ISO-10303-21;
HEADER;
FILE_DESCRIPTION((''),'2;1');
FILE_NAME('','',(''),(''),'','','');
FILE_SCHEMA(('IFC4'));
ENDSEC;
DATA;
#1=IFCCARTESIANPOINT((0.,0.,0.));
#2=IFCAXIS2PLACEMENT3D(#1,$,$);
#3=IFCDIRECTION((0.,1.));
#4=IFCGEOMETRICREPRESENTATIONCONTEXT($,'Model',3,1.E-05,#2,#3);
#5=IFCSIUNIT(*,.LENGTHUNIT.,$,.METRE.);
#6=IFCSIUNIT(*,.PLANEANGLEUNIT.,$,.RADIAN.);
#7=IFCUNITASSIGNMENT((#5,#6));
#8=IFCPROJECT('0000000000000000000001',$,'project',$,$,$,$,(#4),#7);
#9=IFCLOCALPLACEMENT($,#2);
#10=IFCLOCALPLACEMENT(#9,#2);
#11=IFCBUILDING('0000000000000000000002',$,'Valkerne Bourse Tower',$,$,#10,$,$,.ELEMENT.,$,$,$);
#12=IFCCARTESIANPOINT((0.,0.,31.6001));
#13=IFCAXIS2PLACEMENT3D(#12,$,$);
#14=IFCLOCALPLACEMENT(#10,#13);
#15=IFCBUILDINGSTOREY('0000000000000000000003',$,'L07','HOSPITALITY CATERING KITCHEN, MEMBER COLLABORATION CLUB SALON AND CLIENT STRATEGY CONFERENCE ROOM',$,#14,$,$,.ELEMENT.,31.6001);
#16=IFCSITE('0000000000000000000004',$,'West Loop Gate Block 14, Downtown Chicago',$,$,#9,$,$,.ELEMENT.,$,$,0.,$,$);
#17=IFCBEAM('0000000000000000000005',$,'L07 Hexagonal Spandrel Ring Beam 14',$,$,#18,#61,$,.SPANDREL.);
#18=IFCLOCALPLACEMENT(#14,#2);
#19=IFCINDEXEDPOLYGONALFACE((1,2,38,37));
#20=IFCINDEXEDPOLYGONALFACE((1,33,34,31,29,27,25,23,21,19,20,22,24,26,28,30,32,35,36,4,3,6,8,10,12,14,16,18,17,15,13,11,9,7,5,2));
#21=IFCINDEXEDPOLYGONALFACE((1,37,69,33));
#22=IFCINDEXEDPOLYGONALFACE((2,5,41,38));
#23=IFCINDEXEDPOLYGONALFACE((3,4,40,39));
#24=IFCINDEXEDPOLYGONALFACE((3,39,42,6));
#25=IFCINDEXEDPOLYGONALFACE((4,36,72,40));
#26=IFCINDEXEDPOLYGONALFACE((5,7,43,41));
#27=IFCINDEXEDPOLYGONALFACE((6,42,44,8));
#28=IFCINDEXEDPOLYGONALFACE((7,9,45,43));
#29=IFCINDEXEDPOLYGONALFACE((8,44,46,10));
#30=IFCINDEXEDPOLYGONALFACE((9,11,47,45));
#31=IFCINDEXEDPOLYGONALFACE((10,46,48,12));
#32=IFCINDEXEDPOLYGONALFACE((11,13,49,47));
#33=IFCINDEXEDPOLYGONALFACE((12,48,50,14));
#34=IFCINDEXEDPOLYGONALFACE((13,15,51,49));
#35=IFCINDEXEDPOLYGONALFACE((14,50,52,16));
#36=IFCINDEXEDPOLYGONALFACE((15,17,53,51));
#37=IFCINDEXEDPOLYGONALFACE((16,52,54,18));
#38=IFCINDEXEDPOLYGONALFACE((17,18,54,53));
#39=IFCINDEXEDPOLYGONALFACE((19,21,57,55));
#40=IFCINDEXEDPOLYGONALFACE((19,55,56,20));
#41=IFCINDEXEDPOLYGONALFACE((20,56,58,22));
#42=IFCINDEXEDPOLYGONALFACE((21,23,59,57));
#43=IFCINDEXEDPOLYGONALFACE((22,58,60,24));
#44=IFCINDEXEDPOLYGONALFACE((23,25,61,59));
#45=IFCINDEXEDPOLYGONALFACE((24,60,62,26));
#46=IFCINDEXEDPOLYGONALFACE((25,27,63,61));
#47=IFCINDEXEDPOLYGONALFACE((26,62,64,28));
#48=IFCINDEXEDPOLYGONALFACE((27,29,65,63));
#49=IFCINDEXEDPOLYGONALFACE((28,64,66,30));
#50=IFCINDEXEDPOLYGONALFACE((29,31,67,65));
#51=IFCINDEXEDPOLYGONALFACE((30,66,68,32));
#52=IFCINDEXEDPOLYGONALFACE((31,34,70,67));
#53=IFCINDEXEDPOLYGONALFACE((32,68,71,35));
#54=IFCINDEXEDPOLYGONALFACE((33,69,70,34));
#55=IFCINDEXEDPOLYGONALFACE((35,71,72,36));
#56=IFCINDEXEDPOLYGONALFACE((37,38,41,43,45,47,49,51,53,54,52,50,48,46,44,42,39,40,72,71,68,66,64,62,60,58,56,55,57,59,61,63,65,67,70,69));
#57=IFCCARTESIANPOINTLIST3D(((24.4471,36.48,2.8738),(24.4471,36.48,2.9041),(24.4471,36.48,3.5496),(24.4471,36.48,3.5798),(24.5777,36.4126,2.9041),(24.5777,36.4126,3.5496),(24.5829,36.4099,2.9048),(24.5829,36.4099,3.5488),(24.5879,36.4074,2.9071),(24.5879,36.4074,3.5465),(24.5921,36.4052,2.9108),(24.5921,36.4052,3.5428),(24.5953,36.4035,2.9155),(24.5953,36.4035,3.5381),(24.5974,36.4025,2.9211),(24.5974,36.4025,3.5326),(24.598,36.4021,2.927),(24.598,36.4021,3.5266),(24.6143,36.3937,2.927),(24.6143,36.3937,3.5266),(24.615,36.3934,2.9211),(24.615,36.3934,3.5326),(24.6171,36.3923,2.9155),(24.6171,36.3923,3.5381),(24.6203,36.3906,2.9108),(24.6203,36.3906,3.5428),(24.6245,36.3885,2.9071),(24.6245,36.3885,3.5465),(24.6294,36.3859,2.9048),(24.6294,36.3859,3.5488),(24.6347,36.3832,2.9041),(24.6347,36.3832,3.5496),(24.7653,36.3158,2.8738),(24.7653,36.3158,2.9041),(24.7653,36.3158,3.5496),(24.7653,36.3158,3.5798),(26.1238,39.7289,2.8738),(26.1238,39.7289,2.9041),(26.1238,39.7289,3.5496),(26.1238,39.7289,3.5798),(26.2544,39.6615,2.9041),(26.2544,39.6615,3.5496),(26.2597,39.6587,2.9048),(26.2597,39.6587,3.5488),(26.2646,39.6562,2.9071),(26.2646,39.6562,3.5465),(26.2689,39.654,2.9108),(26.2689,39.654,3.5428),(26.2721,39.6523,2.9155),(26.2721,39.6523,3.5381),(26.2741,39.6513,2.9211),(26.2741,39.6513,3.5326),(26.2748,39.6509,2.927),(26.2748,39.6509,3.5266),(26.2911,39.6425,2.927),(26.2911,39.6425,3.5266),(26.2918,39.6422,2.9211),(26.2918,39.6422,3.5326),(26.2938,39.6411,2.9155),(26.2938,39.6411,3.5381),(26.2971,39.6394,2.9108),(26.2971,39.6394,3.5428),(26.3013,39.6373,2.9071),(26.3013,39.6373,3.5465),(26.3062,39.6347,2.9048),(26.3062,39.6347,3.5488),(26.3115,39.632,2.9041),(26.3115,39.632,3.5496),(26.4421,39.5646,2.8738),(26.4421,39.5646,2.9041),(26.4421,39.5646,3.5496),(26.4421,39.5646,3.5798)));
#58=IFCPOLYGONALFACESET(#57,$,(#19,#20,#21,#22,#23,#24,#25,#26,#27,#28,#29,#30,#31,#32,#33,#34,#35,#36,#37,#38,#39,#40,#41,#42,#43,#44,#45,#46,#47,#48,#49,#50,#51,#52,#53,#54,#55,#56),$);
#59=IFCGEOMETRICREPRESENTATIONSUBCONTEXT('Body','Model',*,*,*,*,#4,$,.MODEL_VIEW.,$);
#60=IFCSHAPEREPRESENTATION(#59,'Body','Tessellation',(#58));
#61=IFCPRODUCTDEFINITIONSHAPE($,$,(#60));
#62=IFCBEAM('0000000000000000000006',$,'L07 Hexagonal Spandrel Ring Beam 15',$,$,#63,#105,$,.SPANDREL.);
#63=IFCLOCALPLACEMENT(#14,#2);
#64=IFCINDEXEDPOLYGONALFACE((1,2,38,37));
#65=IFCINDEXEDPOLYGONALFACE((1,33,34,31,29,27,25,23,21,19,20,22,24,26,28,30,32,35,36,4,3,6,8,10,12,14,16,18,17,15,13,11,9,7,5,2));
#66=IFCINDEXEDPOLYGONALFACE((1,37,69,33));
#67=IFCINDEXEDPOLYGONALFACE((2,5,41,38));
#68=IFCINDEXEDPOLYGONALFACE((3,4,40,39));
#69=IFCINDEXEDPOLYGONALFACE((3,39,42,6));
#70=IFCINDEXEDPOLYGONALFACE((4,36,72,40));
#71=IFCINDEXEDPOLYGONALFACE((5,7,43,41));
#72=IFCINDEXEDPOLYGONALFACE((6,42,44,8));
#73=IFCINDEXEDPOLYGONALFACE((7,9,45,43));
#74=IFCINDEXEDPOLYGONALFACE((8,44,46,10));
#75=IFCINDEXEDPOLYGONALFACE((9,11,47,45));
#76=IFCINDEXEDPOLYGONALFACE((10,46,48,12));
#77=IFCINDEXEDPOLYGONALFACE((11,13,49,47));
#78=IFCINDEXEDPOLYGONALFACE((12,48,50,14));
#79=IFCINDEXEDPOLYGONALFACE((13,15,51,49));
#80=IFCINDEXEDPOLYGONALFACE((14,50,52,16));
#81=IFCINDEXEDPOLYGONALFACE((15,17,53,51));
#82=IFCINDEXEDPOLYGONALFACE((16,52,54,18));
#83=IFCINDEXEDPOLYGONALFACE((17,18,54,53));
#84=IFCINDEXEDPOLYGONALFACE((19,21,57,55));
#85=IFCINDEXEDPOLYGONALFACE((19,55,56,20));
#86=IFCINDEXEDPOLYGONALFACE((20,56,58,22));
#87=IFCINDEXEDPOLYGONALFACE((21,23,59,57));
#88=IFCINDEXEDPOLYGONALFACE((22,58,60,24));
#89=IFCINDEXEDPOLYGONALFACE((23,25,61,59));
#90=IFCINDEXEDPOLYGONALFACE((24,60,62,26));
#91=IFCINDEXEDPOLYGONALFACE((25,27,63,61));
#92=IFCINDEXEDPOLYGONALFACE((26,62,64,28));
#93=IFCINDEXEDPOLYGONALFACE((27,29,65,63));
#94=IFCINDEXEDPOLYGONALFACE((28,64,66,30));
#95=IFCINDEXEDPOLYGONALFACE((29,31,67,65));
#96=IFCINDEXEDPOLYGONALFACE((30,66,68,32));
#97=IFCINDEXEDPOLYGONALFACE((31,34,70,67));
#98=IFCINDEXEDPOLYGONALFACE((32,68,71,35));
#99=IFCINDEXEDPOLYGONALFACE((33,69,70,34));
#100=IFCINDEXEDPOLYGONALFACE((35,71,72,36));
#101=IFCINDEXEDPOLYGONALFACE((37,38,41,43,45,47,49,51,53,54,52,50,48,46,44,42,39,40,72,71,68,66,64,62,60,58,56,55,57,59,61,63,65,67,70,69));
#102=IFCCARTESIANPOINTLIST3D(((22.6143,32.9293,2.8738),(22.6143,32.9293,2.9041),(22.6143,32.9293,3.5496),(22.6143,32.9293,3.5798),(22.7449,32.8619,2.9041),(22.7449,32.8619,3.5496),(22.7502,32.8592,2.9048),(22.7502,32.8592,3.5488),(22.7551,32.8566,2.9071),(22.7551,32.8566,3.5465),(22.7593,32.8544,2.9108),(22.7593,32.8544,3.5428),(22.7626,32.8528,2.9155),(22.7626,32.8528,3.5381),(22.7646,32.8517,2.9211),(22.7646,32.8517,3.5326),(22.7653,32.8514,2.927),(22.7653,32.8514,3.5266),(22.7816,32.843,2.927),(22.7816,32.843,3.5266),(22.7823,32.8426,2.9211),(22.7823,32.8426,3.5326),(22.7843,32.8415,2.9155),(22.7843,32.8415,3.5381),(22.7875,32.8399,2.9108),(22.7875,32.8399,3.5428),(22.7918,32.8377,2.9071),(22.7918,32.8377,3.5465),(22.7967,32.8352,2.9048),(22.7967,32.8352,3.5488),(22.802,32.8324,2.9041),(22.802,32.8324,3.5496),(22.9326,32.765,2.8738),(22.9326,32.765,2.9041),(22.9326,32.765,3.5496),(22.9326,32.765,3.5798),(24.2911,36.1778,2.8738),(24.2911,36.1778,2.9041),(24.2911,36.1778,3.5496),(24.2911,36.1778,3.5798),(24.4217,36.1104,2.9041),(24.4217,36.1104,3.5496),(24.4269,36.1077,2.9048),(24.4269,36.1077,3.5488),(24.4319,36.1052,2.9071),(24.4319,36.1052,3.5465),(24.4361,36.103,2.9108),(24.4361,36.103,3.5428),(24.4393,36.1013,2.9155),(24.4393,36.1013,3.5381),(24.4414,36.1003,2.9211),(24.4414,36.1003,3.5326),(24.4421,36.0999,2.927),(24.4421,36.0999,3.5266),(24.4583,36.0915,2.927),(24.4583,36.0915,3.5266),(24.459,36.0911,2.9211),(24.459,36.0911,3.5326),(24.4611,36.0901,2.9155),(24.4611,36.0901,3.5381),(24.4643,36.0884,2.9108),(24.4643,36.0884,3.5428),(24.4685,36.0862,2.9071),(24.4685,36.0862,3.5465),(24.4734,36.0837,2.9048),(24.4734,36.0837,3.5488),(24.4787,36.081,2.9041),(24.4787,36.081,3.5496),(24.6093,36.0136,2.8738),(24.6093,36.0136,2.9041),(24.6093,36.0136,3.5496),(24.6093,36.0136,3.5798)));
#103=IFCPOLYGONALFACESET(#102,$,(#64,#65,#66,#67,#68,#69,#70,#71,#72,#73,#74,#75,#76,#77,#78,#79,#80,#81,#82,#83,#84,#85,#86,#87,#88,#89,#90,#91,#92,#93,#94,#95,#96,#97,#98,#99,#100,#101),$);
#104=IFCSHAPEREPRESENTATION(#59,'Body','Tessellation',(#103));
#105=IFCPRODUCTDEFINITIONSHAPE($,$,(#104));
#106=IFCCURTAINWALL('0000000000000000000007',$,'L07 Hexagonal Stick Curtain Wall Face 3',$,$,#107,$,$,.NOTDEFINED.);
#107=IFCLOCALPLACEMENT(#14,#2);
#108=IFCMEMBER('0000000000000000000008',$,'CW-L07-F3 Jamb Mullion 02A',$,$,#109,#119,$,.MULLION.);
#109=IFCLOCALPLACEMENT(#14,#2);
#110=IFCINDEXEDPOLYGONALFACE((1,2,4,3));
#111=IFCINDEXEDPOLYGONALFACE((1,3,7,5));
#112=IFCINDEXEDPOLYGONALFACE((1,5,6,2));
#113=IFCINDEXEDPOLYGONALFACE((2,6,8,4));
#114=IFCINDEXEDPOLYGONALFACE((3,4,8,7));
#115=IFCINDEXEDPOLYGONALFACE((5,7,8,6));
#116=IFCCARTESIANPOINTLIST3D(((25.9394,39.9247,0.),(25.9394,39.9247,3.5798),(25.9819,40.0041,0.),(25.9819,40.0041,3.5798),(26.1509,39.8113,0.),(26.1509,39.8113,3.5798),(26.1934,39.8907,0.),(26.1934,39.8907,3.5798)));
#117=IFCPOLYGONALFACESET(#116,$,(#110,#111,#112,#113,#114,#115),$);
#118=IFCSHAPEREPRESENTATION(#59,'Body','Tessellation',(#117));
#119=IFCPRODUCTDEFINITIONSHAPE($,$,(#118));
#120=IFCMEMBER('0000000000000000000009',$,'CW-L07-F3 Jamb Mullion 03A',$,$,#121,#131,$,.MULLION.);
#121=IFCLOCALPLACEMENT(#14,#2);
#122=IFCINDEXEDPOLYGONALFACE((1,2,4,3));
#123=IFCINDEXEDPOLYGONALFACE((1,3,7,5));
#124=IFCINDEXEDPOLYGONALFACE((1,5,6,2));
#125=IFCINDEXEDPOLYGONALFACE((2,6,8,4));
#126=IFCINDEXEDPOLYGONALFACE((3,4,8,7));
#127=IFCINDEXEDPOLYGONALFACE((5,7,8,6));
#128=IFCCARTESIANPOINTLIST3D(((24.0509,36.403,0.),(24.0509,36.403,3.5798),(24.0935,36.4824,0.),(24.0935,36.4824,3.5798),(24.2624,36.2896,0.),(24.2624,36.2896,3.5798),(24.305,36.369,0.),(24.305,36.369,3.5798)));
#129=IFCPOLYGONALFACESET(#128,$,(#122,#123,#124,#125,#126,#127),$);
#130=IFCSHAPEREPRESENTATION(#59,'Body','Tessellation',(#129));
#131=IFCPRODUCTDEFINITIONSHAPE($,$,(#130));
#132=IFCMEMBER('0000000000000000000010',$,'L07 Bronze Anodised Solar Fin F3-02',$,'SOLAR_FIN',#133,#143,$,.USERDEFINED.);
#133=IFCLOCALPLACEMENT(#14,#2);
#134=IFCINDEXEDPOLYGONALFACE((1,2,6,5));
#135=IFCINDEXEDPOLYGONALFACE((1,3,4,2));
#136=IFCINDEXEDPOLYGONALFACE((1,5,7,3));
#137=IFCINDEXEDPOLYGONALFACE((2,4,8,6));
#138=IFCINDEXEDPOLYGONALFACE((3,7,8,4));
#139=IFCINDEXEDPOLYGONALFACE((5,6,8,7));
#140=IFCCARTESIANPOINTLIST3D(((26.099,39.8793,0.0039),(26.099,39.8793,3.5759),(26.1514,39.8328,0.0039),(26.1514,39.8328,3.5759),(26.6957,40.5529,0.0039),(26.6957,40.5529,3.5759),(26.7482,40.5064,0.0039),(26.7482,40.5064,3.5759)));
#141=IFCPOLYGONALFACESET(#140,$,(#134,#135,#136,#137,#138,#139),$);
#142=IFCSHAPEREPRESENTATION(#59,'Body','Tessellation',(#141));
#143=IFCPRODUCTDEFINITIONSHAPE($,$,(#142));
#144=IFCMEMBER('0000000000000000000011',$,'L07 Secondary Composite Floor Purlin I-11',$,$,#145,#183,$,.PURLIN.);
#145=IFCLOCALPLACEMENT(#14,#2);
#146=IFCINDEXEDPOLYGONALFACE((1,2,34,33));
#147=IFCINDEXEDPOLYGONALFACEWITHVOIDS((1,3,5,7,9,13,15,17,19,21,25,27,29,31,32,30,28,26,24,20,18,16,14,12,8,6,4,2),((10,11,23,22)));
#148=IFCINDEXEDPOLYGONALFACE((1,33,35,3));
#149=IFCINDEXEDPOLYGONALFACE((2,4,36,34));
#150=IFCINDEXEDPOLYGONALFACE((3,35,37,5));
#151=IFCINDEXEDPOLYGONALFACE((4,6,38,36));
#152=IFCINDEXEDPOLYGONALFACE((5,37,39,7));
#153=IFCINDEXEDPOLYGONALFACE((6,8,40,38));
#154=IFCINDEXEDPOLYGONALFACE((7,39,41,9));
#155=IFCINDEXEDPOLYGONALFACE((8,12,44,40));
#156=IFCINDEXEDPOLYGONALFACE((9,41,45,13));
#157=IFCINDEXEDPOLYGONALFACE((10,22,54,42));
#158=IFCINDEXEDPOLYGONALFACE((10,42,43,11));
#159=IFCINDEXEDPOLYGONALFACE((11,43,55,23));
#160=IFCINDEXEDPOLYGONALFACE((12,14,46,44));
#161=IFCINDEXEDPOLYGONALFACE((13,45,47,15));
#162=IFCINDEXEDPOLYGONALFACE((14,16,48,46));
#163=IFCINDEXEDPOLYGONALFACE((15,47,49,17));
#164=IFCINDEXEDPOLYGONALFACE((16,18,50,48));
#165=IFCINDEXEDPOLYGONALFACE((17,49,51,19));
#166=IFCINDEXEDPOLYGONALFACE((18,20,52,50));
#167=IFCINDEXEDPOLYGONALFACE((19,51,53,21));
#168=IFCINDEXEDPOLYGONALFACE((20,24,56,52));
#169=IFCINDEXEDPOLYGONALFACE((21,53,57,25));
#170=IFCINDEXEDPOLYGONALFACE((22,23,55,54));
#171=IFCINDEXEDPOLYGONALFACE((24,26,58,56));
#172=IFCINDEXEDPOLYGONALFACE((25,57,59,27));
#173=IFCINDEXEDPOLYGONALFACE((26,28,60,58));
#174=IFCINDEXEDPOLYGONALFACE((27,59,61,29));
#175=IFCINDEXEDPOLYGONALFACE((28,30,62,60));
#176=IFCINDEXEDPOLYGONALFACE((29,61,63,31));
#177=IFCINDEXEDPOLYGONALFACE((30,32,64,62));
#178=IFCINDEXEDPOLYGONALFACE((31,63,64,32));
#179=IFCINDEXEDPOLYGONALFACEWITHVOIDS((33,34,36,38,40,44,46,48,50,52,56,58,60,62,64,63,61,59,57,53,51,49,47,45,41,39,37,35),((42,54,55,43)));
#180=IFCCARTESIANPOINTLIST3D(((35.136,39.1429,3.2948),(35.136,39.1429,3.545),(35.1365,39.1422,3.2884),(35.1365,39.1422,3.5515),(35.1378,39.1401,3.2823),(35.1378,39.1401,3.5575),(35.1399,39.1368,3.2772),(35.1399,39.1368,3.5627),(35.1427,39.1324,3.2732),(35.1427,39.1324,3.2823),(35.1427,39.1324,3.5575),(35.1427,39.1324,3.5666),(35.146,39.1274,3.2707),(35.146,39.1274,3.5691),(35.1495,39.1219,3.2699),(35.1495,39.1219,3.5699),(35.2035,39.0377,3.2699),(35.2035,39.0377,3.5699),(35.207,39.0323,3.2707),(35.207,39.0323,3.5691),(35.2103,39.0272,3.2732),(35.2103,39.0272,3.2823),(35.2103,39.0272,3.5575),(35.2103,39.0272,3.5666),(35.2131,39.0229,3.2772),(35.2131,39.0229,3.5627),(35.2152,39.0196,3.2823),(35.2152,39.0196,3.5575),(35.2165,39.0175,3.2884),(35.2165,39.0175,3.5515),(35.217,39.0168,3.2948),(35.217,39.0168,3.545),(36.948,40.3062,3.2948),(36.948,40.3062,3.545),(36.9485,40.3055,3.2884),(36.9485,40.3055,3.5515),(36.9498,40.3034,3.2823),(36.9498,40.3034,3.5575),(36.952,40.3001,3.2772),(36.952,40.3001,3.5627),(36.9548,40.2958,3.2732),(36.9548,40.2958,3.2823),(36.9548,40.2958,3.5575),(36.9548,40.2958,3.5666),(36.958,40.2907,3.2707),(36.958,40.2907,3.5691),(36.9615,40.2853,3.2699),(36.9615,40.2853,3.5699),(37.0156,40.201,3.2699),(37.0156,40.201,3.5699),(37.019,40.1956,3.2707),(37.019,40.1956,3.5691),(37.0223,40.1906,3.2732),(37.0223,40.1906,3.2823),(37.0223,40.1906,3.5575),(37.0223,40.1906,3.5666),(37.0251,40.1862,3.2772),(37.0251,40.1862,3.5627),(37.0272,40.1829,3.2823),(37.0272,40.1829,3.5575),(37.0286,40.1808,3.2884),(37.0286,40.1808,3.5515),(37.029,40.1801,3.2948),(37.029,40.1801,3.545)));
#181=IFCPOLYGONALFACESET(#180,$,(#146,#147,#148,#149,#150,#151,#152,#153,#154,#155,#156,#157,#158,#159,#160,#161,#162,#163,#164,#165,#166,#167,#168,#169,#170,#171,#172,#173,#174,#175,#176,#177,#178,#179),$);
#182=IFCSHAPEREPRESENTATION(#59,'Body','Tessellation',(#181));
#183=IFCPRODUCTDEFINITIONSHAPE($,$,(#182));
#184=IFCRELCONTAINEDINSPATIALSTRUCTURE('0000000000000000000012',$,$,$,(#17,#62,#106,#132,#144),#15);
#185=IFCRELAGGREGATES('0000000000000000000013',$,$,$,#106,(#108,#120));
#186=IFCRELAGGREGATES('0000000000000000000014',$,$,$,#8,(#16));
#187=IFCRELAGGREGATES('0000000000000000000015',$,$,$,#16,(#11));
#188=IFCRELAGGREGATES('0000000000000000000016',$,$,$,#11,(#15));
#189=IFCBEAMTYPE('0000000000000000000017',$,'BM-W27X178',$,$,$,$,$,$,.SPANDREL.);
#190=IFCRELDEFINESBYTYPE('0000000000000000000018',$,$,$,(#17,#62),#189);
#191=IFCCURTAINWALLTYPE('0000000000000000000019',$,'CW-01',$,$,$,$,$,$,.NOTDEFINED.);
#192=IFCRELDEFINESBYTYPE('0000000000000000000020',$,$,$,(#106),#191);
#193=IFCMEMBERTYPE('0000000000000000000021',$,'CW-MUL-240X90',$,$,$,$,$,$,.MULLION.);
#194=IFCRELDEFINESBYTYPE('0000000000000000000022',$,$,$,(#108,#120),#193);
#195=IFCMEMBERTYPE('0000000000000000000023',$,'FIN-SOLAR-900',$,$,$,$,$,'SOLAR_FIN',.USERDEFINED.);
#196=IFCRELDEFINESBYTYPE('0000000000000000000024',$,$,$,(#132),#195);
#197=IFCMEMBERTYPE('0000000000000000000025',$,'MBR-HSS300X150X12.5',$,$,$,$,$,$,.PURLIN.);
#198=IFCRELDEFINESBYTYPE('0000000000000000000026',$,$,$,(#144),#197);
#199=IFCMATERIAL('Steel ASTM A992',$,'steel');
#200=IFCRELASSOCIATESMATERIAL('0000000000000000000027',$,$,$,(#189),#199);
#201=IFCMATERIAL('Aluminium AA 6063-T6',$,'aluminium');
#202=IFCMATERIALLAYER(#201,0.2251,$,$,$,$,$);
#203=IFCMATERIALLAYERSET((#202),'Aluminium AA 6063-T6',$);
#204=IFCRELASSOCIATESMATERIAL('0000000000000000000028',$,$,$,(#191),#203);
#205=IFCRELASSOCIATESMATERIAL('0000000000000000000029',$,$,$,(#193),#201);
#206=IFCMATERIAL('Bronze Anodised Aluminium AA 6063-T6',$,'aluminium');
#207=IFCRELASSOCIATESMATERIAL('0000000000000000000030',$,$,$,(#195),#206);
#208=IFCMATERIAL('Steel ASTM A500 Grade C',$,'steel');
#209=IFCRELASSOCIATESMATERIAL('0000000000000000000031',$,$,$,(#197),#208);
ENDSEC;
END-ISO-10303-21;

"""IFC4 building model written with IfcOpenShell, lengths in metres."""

from ifc_helpers import new_model, si_unit, direction, frame, origin, origin_2d, place, context, subcontext, project, spatial, rectangle, hollow_rectangle, i_section, extrude, material, layer, layer_set, material_profile, profile_set, type_object, element, aggregate, save


model = new_model("IFC4")

# Units and contexts
model_context = context("Model", 3, precision=1e-05, world=origin(), true_north=direction((0.0, 1.0)))
body_context = subcontext(model_context, "Body", "Model", "MODEL_VIEW")
ifc_project = project(units=[si_unit("LENGTHUNIT", "METRE"), si_unit("PLANEANGLEUNIT", "RADIAN")], contexts=[model_context])

# Site, building, storey
site_placement = place(None, origin())
site = spatial("IfcSite", under=ifc_project, at=site_placement, Name="West Loop Gate Block 14, Downtown Chicago", CompositionType="ELEMENT", RefElevation=0.0)
building_placement = place(site_placement, origin())
building = spatial("IfcBuilding", under=site, at=building_placement, Name="Valkerne Bourse Tower", CompositionType="ELEMENT")
storey_placement = place(building_placement, frame((0.0, 0.0, 31.6001)))
storey = spatial("IfcBuildingStorey", under=building, at=storey_placement, Name="L07", Description="HOSPITALITY CATERING KITCHEN, MEMBER COLLABORATION CLUB SALON AND CLIENT STRATEGY CONFERENCE ROOM", CompositionType="ELEMENT", Elevation=31.6001)

# Beams
ifc_material_1 = material(Name="Steel ASTM A992", Category="steel")
ifc_material_profile_1 = material_profile(ifc_material_1, i_section(OverallWidth=0.3582, OverallDepth=0.7061, WebThickness=0.0183, FlangeThickness=0.0303, FilletRadius=0.0229, at=origin_2d()), Name="W27X178")
ifc_profile_set_1 = profile_set([ifc_material_profile_1], Name="Steel ASTM A992")
beam_type_1 = type_object("IfcBeamType", Name="BM-W27X178", PredefinedType="SPANDREL", material=ifc_profile_set_1)
beam_1_placement = place(storey_placement, frame((26.283, 39.6467, 3.2268), z_axis=(-0.458636, -0.888624, 0.0), x_axis=(0.888624, -0.458636, 0.0)))
element("IfcBeam", 1, at=beam_1_placement, inside=storey, type_object=beam_type_1, Name="L07 Hexagonal Spandrel Ring Beam 14", PredefinedType="SPANDREL", context=body_context, shape_type="SweptSolid", body=[
    extrude(i_section(OverallWidth=0.3582, OverallDepth=0.7061, WebThickness=0.0183, FlangeThickness=0.0303, FilletRadius=0.0229, at=origin_2d()), origin(), (0.0, 0.0, 1.0), 3.656),
])
beam_2_placement = place(storey_placement, frame((24.4502, 36.0957, 3.2268), z_axis=(-0.458663, -0.88861, 0.0), x_axis=(0.88861, -0.458663, 0.0)))
element("IfcBeam", 2, at=beam_2_placement, inside=storey, type_object=beam_type_1, Name="L07 Hexagonal Spandrel Ring Beam 15", PredefinedType="SPANDREL", context=body_context, shape_type="SweptSolid", body=[
    extrude(i_section(OverallWidth=0.3582, OverallDepth=0.7061, WebThickness=0.0183, FlangeThickness=0.0303, FilletRadius=0.0229, at=origin_2d()), origin(), (0.0, 0.0, 1.0), 3.6558),
])

# Curtain wall, members
ifc_material_2 = material(Name="Aluminium AA 6063-T6", Category="aluminium")
ifc_layer_1 = layer(ifc_material_2, 0.2251)
ifc_layer_set_1 = layer_set([ifc_layer_1], Name="Aluminium AA 6063-T6")
curtain_wall_type = type_object("IfcCurtainWallType", Name="CW-01", PredefinedType="NOTDEFINED", material=ifc_layer_set_1)
curtain_wall_placement = place(storey_placement, origin())
curtain_wall = element("IfcCurtainWall", 3, at=curtain_wall_placement, inside=storey, type_object=curtain_wall_type, Name="L07 Hexagonal Stick Curtain Wall Face 3", PredefinedType="NOTDEFINED")
ifc_material_profile_2 = material_profile(ifc_material_2, rectangle(XDim=0.0901, YDim=0.24, at=origin_2d()), Name="CWM-90X240")
ifc_profile_set_2 = profile_set([ifc_material_profile_2], Name="Aluminium AA 6063-T6")
member_type_1 = type_object("IfcMemberType", Name="CW-MUL-240X90", PredefinedType="MULLION", material=ifc_profile_set_2)
member_1_placement = place(storey_placement, frame((26.0664, 39.9077, 0.0), z_axis=(0.0, 0.0, 1.0), x_axis=(-0.472547, -0.881305, 0.0)))
member_1 = element("IfcMember", 4, at=member_1_placement, type_object=member_type_1, Name="CW-L07-F3 Jamb Mullion 02A", PredefinedType="MULLION", context=body_context, shape_type="SweptSolid", body=[
    extrude(rectangle(XDim=0.0901, YDim=0.24, at=origin_2d()), origin(), (0.0, 0.0, 1.0), 3.5798),
])
member_2_placement = place(storey_placement, frame((24.178, 36.386, 0.0), z_axis=(0.0, 0.0, 1.0), x_axis=(-0.472547, -0.881305, 0.0)))
member_2 = element("IfcMember", 5, at=member_2_placement, type_object=member_type_1, Name="CW-L07-F3 Jamb Mullion 03A", PredefinedType="MULLION", context=body_context, shape_type="SweptSolid", body=[
    extrude(rectangle(XDim=0.0901, YDim=0.24, at=origin_2d()), origin(), (0.0, 0.0, 1.0), 3.5798),
])

# Members
ifc_material_3 = material(Name="Bronze Anodised Aluminium AA 6063-T6", Category="aluminium")
ifc_material_profile_3 = material_profile(ifc_material_3, rectangle(XDim=0.0701, YDim=0.8999, at=origin_2d()), Name="FIN-70X900")
ifc_profile_set_3 = profile_set([ifc_material_profile_3], Name="Bronze Anodised Aluminium AA 6063-T6")
member_type_2 = type_object("IfcMemberType", Name="FIN-SOLAR-900", ElementType="SOLAR_FIN", PredefinedType="USERDEFINED", material=ifc_profile_set_3)
member_3_placement = place(storey_placement, frame((26.4236, 40.1929, 0.0039), z_axis=(0.0, 0.0, 1.0), x_axis=(-0.748527, 0.663104, 0.0)))
element("IfcMember", 6, at=member_3_placement, inside=storey, type_object=member_type_2, Name="L07 Bronze Anodised Solar Fin F3-02", ObjectType="SOLAR_FIN", PredefinedType="USERDEFINED", context=body_context, shape_type="SweptSolid", body=[
    extrude(rectangle(XDim=0.0701, YDim=0.8999, at=origin_2d()), origin(), (0.0, 0.0, 1.0), 3.572),
])
ifc_material_4 = material(Name="Steel ASTM A500 Grade C", Category="steel")
ifc_material_profile_4 = material_profile(ifc_material_4, hollow_rectangle(XDim=0.1499, YDim=0.3, WallThickness=0.0125, OuterFilletRadius=0.0249, at=origin_2d()), Name="HSS300X150X12.5")
ifc_profile_set_4 = profile_set([ifc_material_profile_4], Name="Steel ASTM A500 Grade C")
member_type_3 = type_object("IfcMemberType", Name="MBR-HSS300X150X12.5", PredefinedType="PURLIN", material=ifc_profile_set_4)
member_4_placement = place(storey_placement, frame((36.9885, 40.2432, 3.4199), z_axis=(-0.841502, -0.540253, 0.0), x_axis=(0.540253, -0.841502, 0.0)))
element("IfcMember", 7, at=member_4_placement, inside=storey, type_object=member_type_3, Name="L07 Secondary Composite Floor Purlin I-11", PredefinedType="PURLIN", context=body_context, shape_type="SweptSolid", body=[
    extrude(hollow_rectangle(XDim=0.1499, YDim=0.3, WallThickness=0.0125, OuterFilletRadius=0.0249, at=origin_2d()), origin(), (0.0, 0.0, 1.0), 2.1533),
])

aggregate(curtain_wall, [member_1, member_2])

save(model, "model.ifc")
